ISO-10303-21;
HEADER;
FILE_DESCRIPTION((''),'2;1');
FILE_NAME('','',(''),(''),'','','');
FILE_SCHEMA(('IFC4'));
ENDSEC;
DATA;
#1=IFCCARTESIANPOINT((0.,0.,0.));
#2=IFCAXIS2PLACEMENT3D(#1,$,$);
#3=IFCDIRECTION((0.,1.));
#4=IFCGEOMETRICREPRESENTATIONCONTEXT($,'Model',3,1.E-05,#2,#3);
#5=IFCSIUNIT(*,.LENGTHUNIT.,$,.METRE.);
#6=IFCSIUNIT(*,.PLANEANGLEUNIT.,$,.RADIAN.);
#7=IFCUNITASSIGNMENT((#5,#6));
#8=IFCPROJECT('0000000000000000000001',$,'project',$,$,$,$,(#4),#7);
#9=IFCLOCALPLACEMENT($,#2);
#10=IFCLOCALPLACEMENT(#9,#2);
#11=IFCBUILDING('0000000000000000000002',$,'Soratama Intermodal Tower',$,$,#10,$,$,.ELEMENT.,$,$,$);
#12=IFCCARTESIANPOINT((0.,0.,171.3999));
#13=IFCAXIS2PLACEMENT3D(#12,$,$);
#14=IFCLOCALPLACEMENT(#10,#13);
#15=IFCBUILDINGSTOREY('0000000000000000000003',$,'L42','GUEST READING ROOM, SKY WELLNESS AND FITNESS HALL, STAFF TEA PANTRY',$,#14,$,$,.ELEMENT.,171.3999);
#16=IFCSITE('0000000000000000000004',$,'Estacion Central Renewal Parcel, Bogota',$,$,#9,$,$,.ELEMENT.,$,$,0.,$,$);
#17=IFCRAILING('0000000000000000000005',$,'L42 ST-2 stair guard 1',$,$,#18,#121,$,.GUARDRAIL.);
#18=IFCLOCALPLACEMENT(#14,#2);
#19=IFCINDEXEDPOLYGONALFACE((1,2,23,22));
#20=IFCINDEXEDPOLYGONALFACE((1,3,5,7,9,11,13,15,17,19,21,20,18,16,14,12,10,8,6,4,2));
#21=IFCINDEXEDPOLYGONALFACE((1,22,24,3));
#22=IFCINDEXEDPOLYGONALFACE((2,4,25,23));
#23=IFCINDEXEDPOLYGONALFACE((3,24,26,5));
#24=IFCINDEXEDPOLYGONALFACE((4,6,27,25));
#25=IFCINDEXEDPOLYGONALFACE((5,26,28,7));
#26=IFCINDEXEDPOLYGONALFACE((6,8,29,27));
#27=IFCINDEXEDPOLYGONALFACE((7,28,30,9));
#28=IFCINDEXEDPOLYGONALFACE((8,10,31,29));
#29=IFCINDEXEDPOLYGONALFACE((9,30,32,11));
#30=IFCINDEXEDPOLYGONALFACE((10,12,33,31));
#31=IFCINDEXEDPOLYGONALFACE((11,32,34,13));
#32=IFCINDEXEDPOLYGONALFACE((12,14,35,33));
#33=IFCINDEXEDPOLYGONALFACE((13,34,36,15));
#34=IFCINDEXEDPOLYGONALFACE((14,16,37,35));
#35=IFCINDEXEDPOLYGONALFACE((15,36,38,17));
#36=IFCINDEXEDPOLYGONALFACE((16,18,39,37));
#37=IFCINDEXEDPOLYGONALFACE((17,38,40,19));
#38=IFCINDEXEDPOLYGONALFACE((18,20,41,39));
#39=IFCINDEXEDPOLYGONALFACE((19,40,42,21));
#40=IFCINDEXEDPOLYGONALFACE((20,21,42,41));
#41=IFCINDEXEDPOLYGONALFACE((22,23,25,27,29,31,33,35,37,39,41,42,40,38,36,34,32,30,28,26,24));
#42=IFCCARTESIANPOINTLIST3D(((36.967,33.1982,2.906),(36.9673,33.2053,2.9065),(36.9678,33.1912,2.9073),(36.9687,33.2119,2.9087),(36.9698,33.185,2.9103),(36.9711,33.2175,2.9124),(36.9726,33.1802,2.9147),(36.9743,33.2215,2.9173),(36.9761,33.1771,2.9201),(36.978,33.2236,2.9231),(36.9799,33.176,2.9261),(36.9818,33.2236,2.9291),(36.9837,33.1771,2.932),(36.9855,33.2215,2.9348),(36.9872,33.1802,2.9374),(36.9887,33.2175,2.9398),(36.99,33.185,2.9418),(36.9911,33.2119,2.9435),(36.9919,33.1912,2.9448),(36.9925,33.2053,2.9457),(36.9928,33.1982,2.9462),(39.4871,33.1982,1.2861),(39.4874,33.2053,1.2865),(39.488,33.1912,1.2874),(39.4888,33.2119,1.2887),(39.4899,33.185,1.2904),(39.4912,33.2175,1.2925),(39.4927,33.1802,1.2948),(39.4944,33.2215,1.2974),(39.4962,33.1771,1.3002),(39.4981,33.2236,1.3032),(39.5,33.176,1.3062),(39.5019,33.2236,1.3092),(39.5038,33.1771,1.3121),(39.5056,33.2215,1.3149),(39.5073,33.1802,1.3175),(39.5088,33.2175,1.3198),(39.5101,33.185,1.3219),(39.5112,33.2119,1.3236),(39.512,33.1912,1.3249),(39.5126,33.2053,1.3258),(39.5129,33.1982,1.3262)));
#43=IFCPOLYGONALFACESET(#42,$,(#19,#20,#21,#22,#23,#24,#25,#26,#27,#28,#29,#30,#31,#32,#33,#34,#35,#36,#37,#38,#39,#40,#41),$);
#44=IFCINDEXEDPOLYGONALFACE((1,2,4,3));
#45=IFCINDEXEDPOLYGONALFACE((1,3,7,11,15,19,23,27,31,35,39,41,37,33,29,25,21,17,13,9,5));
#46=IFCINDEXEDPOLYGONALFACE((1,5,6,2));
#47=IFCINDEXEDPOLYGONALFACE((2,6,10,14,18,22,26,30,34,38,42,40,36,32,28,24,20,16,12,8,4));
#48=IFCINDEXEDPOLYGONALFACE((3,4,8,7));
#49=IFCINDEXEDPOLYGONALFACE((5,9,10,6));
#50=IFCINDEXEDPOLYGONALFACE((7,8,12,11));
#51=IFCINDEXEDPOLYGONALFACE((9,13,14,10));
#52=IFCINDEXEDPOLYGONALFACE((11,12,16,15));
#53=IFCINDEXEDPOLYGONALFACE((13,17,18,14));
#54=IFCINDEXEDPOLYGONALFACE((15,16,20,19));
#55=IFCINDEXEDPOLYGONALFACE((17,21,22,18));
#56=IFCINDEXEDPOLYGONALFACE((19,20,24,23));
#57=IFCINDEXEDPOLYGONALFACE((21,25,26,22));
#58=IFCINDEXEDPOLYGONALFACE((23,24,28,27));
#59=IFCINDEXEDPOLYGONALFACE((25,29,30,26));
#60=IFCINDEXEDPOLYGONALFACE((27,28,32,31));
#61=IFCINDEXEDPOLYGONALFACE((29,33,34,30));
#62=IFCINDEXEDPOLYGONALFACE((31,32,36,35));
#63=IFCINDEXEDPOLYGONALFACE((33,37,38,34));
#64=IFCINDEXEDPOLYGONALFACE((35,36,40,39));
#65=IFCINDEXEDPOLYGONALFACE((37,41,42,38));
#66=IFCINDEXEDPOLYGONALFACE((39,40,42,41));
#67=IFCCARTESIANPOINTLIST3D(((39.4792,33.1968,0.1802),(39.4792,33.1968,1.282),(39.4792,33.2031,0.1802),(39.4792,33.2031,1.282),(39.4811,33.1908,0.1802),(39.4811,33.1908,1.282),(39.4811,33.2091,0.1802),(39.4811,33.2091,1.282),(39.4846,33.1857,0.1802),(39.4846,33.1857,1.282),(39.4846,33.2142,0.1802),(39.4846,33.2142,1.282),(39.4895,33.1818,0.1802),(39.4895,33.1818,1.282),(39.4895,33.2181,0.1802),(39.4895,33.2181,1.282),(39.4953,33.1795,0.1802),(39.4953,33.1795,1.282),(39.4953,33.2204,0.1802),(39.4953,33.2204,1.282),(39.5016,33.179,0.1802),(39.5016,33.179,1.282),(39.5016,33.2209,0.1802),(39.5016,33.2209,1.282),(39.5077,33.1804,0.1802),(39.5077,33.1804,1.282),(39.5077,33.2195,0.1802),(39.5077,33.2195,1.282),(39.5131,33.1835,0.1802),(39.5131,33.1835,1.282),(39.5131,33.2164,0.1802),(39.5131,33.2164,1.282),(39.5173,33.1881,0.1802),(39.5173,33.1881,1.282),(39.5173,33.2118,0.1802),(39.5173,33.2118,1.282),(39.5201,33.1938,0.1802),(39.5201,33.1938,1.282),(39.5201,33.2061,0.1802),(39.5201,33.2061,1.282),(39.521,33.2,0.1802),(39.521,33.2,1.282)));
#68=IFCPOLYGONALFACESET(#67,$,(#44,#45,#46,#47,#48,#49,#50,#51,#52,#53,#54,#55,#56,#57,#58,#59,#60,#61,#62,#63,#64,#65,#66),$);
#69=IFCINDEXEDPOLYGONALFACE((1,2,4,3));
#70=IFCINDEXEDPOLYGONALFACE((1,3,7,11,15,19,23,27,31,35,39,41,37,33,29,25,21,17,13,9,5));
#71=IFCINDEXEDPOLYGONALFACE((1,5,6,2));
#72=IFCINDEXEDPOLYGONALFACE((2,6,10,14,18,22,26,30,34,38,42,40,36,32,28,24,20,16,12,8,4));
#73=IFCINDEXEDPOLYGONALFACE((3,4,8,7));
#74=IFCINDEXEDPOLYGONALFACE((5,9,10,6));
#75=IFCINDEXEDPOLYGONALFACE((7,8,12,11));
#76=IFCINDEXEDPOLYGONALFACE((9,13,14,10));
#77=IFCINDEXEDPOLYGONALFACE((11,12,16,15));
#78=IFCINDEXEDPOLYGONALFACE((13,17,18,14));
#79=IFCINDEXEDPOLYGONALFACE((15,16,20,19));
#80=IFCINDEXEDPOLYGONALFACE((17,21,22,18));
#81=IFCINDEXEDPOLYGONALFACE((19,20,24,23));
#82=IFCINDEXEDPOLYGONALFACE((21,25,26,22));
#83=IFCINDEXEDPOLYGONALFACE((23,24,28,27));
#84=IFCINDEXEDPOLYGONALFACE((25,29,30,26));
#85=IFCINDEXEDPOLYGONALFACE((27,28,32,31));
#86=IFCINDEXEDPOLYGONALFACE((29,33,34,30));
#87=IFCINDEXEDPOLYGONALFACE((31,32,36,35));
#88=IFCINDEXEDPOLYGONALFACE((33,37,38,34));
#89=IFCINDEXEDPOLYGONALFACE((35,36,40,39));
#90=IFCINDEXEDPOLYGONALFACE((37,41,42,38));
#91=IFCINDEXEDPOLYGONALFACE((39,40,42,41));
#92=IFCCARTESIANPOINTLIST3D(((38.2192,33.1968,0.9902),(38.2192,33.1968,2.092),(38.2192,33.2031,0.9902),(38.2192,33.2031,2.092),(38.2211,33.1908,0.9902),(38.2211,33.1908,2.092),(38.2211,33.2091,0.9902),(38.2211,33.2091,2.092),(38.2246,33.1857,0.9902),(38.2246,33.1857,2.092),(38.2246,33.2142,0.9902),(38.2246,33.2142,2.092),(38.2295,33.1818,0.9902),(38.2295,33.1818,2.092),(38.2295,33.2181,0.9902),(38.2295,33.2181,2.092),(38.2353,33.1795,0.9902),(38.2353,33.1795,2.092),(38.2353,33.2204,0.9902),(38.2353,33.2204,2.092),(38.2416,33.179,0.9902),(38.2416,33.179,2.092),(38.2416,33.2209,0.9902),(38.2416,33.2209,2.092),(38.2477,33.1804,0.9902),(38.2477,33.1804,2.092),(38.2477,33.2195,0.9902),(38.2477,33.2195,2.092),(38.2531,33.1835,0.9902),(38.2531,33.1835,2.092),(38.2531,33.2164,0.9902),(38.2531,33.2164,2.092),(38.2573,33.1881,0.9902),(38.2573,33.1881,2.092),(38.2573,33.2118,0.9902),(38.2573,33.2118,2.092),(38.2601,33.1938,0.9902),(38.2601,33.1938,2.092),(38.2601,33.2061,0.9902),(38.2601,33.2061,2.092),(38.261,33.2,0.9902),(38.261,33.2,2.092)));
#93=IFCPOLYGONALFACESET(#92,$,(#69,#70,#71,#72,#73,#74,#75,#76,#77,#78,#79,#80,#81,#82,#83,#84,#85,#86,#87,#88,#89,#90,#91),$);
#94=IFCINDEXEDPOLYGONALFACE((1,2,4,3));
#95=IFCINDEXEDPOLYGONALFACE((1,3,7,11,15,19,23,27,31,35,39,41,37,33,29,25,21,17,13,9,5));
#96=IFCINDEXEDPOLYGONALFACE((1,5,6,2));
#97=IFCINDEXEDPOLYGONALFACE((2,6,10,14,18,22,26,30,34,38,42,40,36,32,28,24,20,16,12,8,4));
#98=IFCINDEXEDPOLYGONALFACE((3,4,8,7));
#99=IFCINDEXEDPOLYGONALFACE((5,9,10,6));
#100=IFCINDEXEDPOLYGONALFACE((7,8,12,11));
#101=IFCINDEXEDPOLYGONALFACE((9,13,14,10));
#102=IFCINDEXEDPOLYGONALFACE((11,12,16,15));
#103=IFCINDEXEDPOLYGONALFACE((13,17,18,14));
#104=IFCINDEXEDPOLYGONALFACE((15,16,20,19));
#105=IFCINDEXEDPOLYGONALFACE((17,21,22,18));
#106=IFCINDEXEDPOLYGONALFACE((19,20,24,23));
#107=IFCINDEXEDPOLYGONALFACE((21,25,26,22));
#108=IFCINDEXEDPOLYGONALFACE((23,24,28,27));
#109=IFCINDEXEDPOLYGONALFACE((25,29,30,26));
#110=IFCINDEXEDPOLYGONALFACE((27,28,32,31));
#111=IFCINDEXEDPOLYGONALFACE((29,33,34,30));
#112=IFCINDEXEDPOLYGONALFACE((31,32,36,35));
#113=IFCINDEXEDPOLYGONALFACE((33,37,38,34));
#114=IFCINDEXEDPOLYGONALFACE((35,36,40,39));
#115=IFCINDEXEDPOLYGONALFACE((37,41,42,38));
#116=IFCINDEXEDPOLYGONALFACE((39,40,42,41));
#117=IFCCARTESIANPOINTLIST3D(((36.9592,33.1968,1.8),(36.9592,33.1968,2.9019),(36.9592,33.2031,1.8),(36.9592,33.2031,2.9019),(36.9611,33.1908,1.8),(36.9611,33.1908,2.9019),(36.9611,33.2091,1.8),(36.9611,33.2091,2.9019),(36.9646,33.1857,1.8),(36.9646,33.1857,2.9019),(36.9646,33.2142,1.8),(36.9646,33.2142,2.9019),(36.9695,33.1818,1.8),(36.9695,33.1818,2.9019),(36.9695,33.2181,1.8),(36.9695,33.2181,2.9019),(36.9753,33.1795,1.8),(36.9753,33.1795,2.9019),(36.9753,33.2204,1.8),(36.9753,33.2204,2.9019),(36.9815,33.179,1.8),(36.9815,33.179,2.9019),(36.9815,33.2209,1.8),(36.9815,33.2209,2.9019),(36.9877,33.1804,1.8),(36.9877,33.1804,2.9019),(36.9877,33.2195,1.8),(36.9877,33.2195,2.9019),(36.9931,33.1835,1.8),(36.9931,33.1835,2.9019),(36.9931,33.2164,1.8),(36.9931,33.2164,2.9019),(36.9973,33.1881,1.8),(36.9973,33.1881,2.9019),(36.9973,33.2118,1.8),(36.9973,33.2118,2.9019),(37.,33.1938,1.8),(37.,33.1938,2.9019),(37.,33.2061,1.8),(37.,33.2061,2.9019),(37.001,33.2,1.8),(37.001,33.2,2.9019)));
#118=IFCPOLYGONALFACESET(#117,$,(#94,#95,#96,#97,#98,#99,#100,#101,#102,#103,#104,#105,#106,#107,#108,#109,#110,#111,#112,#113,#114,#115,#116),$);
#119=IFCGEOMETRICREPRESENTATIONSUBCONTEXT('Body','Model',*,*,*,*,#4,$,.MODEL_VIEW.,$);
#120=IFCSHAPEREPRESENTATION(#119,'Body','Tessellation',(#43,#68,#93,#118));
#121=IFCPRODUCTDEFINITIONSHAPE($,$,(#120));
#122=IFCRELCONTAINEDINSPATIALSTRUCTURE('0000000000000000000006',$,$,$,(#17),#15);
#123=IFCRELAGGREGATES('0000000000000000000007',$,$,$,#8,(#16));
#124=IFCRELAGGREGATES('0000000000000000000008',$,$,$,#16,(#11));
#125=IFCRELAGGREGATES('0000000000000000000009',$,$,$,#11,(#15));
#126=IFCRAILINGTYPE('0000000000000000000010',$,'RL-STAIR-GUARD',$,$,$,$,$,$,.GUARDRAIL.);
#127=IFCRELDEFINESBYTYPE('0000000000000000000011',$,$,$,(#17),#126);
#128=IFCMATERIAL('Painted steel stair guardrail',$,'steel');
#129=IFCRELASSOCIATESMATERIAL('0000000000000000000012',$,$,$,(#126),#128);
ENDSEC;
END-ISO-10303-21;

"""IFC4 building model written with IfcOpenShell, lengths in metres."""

from ifc_helpers import new_model, si_unit, direction, frame, origin, origin_2d, place, context, subcontext, project, spatial, circle, extrude, material, type_object, element, save


model = new_model("IFC4")

# Units and contexts
model_context = context("Model", 3, precision=1e-05, world=origin(), true_north=direction((0.0, 1.0)))
body_context = subcontext(model_context, "Body", "Model", "MODEL_VIEW")
ifc_project = project(units=[si_unit("LENGTHUNIT", "METRE"), si_unit("PLANEANGLEUNIT", "RADIAN")], contexts=[model_context])

# Site, building, storey
site_placement = place(None, origin())
site = spatial("IfcSite", under=ifc_project, at=site_placement, Name="Estacion Central Renewal Parcel, Bogota", CompositionType="ELEMENT", RefElevation=0.0)
building_placement = place(site_placement, origin())
building = spatial("IfcBuilding", under=site, at=building_placement, Name="Soratama Intermodal Tower", CompositionType="ELEMENT")
storey_placement = place(building_placement, frame((0.0, 0.0, 171.3999)))
storey = spatial("IfcBuildingStorey", under=building, at=storey_placement, Name="L42", Description="GUEST READING ROOM, SKY WELLNESS AND FITNESS HALL, STAFF TEA PANTRY", CompositionType="ELEMENT", Elevation=171.3999)

# Railing
ifc_material_1 = material(Name="Painted steel stair guardrail", Category="steel")
railing_type_1 = type_object("IfcRailingType", Name="RL-STAIR-GUARD", PredefinedType="GUARDRAIL", material=ifc_material_1)
railing_1_placement = place(storey_placement, frame((39.5, 33.2, 0.1802)))
element("IfcRailing", 1, at=railing_1_placement, inside=storey, type_object=railing_type_1, Name="L42 ST-2 stair guard 1", PredefinedType="GUARDRAIL", context=body_context, shape_type="SweptSolid", body=[
    extrude(circle(Radius=0.0239, at=origin_2d()), frame((0.0, 0.0, 1.126), z_axis=(-0.8412, 0.0, 0.540725), x_axis=(0.0, -1.0, 0.0)), (0.0, 0.0, 1.0), 2.9958),
    extrude(circle(Radius=0.021, at=origin_2d()), origin(), (0.0, 0.0, 1.0), 1.1018),
    extrude(circle(Radius=0.021, at=origin_2d()), frame((-1.26, 0.0, 0.8101)), (0.0, 0.0, 1.0), 1.1018),
    extrude(circle(Radius=0.021, at=origin_2d()), frame((-2.52, 0.0, 1.6199)), (0.0, 0.0, 1.0), 1.1018),
])

save(model, "model.ifc")
